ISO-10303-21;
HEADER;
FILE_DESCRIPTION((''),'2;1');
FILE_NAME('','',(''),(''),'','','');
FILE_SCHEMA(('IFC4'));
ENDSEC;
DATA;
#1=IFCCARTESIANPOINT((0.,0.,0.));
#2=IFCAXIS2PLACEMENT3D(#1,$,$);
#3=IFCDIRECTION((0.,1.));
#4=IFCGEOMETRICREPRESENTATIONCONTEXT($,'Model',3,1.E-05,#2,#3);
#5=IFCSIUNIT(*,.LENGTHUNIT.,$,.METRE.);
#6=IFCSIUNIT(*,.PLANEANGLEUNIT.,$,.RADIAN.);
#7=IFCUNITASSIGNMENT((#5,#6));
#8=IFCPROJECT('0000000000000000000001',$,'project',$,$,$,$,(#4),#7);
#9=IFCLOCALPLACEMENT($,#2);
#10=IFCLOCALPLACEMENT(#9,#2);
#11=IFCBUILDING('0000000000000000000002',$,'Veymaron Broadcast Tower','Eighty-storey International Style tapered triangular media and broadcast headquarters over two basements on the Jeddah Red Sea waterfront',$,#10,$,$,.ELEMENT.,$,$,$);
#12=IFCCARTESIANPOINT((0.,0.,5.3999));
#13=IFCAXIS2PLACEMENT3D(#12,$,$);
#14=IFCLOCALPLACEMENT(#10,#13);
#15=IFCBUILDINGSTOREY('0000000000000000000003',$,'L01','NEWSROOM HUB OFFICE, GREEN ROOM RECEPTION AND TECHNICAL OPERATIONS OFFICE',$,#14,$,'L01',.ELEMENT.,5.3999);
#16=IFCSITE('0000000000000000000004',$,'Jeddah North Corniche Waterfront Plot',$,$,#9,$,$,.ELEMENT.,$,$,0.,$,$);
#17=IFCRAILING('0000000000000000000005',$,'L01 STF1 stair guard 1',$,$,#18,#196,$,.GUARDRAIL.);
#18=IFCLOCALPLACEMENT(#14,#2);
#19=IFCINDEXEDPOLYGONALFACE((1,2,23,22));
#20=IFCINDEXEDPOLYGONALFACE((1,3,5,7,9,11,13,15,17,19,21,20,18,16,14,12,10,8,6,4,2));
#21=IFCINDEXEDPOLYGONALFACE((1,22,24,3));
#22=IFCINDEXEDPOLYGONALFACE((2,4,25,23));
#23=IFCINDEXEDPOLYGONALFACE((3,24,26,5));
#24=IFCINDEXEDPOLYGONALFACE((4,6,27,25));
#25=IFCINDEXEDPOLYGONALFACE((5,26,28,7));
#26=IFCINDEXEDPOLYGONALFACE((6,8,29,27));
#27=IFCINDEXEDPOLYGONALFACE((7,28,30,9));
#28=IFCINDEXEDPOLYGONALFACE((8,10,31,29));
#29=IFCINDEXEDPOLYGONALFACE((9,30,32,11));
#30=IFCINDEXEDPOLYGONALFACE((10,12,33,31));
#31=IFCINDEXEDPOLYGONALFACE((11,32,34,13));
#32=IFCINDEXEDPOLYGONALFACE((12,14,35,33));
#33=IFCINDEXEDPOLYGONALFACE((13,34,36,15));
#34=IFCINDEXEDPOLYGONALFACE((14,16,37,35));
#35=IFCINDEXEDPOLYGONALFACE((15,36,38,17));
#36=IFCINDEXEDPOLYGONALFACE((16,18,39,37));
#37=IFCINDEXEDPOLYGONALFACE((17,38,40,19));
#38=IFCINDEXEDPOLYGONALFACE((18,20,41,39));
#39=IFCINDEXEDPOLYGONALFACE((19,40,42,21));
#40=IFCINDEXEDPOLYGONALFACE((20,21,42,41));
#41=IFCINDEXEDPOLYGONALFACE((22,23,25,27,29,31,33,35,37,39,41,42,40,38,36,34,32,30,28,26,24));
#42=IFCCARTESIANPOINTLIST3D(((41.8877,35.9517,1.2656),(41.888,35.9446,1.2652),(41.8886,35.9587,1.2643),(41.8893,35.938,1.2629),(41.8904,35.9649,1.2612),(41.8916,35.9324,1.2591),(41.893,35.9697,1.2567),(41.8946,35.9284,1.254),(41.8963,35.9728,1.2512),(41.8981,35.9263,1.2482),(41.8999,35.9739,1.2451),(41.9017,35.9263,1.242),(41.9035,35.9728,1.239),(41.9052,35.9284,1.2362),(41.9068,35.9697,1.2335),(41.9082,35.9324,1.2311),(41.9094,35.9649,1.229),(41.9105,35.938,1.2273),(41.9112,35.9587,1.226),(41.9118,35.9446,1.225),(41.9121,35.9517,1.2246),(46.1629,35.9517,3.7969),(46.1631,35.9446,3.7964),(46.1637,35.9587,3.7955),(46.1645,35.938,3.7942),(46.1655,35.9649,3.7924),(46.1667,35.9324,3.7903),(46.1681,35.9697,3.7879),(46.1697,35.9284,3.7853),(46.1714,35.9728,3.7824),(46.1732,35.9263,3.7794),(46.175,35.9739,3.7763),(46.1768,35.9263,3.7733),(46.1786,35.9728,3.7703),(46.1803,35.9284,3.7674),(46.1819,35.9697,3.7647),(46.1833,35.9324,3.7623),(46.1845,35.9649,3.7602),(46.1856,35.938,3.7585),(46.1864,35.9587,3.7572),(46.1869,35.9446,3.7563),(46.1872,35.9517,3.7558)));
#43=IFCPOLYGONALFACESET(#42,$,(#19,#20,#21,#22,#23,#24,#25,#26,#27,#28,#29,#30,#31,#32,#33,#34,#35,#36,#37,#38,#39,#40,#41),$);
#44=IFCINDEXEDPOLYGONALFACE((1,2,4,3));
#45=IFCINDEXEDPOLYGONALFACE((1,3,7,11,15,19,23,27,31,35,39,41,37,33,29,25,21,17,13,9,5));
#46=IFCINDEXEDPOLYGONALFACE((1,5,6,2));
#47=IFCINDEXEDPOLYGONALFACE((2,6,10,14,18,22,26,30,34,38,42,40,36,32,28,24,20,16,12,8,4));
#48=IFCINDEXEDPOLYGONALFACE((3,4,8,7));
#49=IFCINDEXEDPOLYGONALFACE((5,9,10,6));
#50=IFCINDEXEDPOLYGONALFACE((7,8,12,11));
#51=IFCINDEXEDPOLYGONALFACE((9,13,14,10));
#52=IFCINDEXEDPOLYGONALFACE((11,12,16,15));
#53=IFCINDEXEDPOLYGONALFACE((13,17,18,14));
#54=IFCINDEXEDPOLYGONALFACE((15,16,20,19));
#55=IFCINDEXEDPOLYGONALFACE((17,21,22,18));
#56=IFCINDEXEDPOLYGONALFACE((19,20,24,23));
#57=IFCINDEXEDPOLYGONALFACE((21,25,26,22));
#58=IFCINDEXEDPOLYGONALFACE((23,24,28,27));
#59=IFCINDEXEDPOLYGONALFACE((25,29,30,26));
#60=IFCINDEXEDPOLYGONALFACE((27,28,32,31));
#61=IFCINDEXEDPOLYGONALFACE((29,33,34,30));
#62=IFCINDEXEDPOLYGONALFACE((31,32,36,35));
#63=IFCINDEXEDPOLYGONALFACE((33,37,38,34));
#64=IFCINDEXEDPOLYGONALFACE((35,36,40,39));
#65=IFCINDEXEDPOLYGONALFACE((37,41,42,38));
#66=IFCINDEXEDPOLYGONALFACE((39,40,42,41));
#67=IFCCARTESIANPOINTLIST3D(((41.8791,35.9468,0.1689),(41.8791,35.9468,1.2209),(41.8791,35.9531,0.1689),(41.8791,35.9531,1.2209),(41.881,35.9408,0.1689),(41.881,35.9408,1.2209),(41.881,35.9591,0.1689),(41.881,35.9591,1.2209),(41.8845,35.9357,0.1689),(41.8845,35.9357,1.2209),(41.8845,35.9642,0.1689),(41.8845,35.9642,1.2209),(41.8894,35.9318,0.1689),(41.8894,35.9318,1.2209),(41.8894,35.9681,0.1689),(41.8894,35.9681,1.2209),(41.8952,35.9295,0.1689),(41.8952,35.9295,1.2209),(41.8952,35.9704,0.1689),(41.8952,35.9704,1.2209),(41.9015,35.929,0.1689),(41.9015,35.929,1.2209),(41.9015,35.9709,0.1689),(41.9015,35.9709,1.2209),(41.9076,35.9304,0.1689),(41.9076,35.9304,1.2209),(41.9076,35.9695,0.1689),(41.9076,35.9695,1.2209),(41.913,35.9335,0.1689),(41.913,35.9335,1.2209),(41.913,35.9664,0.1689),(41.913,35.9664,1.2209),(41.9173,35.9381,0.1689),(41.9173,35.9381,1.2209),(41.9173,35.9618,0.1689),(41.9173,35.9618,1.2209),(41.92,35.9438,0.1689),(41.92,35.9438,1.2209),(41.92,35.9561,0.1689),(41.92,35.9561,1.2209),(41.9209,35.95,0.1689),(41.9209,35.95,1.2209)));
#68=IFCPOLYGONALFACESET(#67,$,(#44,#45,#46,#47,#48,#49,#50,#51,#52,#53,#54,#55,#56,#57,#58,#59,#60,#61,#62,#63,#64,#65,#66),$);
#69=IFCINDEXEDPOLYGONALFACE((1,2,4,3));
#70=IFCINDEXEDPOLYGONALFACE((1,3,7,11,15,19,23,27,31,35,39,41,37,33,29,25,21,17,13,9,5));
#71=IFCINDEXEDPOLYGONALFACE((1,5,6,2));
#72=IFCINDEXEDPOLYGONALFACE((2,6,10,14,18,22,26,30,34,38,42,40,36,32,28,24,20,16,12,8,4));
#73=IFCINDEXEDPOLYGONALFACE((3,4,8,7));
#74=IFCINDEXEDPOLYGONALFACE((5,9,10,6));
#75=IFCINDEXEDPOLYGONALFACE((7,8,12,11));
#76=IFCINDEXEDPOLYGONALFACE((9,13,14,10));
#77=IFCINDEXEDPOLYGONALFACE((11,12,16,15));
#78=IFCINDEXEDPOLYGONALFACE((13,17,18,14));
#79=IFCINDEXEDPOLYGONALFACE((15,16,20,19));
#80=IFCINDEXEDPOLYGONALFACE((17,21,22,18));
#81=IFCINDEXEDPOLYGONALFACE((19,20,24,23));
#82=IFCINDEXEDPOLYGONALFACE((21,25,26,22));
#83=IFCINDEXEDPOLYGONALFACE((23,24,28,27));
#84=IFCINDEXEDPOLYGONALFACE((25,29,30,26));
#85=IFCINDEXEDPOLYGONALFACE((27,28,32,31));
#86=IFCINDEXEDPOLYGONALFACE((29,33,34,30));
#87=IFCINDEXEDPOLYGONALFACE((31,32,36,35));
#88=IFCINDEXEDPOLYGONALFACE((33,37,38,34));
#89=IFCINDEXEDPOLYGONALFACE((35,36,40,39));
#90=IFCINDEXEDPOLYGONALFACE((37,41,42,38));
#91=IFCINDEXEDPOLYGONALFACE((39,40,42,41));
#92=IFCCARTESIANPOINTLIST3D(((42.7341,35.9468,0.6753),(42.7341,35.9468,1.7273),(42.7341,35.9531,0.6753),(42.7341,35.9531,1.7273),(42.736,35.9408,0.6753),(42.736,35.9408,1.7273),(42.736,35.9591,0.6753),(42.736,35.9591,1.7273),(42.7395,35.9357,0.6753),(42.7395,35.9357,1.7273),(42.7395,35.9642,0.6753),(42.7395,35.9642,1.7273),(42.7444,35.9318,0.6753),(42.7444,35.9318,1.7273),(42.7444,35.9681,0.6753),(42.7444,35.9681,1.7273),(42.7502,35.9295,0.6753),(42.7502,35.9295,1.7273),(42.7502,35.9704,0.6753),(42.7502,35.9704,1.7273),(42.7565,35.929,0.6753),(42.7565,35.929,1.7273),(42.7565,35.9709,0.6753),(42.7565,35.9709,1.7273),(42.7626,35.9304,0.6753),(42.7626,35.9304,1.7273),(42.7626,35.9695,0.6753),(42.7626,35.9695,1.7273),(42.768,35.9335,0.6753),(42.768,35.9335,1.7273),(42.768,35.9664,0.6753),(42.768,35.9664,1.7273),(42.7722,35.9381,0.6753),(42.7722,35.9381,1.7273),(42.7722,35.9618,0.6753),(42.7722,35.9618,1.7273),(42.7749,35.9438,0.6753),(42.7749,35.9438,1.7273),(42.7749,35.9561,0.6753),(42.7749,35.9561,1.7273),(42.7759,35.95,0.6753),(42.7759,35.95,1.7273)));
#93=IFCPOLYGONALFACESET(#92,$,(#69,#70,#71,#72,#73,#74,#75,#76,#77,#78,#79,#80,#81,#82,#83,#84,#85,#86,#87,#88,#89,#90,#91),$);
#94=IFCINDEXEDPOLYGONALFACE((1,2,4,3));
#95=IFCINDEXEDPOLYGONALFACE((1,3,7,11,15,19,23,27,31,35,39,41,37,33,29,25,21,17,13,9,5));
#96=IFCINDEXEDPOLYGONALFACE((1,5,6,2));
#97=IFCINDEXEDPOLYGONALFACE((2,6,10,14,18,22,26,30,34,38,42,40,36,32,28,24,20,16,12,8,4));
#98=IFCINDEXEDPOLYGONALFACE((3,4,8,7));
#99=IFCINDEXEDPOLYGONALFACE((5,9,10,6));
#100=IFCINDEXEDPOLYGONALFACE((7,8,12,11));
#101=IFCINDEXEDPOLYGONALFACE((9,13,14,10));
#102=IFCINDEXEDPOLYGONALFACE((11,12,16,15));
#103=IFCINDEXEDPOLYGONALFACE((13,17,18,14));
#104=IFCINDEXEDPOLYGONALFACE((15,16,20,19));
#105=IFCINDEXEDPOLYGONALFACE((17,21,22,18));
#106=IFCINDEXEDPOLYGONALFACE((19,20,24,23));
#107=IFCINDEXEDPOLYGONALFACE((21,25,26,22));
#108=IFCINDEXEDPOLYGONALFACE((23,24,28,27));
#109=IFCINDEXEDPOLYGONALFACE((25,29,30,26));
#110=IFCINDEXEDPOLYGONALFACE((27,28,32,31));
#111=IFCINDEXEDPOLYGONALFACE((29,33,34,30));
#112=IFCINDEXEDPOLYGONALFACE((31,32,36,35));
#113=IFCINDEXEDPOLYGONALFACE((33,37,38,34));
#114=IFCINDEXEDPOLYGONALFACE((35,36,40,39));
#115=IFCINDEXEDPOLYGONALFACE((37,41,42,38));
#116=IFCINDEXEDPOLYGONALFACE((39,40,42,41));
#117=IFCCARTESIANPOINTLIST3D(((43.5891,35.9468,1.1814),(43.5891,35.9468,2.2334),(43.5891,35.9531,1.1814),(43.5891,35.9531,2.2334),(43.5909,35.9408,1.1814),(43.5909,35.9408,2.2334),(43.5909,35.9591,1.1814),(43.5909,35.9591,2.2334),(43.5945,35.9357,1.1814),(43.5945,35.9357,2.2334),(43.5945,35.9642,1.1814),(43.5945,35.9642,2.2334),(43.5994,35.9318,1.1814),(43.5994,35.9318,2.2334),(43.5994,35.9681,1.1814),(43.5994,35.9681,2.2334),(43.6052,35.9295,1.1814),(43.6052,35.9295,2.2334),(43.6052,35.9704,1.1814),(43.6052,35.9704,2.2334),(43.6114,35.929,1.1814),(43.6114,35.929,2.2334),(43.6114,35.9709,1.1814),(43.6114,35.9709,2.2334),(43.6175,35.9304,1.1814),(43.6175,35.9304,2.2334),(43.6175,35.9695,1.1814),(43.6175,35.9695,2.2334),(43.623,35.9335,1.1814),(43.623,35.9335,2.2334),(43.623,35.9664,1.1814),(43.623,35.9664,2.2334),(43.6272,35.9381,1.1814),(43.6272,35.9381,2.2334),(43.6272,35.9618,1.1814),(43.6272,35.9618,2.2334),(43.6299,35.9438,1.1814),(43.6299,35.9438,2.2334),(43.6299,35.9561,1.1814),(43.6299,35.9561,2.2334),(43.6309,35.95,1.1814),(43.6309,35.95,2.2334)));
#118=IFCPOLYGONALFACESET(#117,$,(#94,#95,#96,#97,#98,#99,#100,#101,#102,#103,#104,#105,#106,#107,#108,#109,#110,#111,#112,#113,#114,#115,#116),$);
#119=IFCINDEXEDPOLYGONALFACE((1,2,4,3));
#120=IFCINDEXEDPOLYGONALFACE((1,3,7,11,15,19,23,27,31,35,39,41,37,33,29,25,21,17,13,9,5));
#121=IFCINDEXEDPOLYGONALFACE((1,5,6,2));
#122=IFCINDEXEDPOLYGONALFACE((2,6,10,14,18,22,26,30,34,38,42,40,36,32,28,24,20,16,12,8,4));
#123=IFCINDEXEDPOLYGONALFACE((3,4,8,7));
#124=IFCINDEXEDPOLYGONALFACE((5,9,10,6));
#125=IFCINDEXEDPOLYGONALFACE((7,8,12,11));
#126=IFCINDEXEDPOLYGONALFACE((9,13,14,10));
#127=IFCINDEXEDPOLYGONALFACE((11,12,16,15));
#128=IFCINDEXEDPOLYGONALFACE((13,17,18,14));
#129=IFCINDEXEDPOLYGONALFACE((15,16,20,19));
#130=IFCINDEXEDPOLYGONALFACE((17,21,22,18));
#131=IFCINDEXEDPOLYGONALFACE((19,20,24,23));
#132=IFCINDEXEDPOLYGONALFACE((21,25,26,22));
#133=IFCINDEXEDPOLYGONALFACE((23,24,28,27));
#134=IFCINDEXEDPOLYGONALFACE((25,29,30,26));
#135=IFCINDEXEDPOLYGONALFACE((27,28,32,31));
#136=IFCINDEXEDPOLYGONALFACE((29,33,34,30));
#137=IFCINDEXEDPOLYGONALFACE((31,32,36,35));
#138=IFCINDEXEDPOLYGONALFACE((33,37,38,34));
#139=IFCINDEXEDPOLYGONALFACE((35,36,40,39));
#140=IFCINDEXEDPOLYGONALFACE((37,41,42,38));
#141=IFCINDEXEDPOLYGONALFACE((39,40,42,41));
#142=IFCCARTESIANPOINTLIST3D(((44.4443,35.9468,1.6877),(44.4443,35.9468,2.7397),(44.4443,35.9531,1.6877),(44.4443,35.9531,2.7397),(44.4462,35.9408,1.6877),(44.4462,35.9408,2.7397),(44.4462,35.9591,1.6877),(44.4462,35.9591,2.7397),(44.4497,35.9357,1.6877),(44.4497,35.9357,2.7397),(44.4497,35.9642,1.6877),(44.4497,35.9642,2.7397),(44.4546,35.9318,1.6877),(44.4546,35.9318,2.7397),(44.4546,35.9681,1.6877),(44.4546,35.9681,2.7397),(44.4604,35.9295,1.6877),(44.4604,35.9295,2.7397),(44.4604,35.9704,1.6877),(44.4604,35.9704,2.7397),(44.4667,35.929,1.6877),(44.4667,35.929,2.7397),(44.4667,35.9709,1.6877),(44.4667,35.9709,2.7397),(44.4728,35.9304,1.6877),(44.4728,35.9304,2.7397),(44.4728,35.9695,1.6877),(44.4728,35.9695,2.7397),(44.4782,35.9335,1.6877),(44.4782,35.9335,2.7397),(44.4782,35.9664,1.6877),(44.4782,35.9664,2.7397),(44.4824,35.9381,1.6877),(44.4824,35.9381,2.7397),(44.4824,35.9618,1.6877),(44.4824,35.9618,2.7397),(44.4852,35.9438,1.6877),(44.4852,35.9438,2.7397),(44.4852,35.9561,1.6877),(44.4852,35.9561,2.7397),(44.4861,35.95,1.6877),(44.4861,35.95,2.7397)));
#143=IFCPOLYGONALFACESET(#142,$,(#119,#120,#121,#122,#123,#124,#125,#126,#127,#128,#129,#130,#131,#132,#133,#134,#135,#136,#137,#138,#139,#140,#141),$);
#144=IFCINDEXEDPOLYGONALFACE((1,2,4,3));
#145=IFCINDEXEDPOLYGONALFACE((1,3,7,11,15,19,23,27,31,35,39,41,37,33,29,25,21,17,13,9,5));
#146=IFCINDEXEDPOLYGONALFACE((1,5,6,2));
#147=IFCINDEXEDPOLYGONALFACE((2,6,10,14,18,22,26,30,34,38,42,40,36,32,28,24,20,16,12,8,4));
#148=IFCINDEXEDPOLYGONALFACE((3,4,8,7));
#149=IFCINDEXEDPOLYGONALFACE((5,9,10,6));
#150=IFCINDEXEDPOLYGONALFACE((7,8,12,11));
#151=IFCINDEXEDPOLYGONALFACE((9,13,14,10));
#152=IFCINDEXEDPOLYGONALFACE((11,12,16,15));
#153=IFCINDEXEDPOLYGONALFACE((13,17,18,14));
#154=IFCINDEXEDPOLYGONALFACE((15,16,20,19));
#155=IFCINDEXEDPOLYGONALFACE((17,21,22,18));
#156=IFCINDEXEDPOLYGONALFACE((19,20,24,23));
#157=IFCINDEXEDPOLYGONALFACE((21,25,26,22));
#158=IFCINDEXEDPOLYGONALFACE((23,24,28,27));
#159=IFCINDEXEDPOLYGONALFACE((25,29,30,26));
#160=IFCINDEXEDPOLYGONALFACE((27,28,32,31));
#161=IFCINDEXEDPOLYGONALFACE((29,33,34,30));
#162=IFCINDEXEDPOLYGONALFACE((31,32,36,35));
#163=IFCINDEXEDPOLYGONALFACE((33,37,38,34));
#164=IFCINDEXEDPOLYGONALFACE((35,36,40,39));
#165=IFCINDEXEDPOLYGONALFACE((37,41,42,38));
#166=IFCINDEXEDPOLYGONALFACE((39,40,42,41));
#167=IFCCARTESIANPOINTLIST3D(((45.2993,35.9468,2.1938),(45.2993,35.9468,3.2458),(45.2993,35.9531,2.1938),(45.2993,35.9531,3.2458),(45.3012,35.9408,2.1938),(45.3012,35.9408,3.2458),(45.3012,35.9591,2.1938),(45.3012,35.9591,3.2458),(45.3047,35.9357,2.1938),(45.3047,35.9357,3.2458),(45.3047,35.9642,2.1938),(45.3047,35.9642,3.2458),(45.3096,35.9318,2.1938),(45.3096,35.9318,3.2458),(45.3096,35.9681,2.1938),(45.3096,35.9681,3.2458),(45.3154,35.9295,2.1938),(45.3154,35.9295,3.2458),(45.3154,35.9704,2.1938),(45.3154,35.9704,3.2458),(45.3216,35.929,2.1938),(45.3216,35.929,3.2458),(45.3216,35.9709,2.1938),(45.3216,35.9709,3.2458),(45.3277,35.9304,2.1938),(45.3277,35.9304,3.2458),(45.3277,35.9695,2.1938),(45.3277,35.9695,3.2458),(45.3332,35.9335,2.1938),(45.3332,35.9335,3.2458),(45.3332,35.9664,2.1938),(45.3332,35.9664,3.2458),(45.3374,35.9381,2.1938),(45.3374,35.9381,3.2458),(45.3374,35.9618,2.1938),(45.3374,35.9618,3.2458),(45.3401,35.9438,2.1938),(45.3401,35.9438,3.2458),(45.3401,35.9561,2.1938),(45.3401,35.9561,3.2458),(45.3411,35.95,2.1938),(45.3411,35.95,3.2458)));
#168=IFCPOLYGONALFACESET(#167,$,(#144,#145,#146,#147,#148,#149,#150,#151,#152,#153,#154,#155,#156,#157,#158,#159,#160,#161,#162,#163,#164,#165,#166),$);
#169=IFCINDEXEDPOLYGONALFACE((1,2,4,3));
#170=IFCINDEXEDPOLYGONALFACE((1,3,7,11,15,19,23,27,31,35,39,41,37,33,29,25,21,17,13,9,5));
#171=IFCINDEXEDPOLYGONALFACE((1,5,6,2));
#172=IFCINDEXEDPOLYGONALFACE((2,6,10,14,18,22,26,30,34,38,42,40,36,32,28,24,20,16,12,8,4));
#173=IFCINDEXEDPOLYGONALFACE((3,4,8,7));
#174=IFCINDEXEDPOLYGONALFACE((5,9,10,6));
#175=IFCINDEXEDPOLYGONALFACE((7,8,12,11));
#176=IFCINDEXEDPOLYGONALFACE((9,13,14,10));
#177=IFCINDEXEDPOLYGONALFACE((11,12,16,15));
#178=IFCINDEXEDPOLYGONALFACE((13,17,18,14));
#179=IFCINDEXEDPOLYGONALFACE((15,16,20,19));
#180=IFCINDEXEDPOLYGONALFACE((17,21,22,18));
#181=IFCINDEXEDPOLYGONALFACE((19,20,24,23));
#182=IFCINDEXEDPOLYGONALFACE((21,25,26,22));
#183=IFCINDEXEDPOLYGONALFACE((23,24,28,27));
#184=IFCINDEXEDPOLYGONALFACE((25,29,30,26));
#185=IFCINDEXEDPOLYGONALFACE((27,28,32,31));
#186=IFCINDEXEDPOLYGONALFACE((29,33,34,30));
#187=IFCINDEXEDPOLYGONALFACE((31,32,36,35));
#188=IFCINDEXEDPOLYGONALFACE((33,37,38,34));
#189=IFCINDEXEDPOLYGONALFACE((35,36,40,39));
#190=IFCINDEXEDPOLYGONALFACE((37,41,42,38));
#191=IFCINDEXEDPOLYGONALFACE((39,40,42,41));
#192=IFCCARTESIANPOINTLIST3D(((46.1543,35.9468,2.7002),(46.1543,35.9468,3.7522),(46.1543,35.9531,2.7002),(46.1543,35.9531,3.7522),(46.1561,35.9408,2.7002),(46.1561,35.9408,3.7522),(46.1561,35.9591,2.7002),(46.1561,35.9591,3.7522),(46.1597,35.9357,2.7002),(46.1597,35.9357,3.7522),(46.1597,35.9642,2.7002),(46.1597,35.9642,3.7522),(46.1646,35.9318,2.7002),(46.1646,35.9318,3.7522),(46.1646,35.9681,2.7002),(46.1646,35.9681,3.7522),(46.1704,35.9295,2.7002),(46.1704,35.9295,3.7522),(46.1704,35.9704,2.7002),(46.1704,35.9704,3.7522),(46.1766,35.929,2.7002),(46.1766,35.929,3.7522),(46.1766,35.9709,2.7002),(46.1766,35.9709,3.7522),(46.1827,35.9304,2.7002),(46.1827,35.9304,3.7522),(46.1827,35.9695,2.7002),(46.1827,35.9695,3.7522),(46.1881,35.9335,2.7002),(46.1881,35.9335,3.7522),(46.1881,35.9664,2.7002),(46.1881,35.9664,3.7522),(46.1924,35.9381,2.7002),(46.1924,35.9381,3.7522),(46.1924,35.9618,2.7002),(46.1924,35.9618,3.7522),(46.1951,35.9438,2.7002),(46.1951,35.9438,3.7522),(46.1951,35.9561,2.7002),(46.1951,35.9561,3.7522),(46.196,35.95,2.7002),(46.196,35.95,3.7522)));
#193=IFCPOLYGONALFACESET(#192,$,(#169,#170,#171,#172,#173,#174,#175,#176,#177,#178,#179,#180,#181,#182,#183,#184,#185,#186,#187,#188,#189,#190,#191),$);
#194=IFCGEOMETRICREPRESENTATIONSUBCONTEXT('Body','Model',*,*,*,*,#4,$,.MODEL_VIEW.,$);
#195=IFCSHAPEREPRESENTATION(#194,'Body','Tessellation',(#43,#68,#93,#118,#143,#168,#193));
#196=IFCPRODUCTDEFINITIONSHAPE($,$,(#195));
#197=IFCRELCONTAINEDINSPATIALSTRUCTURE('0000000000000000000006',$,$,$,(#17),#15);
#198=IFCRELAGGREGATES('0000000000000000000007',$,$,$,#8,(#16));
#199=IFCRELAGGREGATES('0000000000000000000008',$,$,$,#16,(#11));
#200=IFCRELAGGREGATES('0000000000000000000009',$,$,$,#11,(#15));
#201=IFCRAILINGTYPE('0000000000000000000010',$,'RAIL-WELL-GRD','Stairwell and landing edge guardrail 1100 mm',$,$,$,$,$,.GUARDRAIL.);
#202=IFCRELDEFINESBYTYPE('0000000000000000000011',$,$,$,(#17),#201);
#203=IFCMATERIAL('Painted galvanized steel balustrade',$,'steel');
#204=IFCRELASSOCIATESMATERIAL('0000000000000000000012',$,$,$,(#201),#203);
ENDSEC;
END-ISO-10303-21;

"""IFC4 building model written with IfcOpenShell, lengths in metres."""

from ifc_helpers import new_model, si_unit, direction, frame, origin, origin_2d, place, context, subcontext, project, spatial, circle, extrude, material, type_object, element, save


model = new_model("IFC4")

# Units and contexts
model_context = context("Model", 3, precision=1e-05, world=origin(), true_north=direction((0.0, 1.0)))
body_context = subcontext(model_context, "Body", "Model", "MODEL_VIEW")
ifc_project = project(units=[si_unit("LENGTHUNIT", "METRE"), si_unit("PLANEANGLEUNIT", "RADIAN")], contexts=[model_context])

# Site, building, storey
site_placement = place(None, origin())
site = spatial("IfcSite", under=ifc_project, at=site_placement, Name="Jeddah North Corniche Waterfront Plot", CompositionType="ELEMENT", RefElevation=0.0)
building_placement = place(site_placement, origin())
building = spatial("IfcBuilding", under=site, at=building_placement, Name="Veymaron Broadcast Tower", Description="Eighty-storey International Style tapered triangular media and broadcast headquarters over two basements on the Jeddah Red Sea waterfront", CompositionType="ELEMENT")
storey_placement = place(building_placement, frame((0.0, 0.0, 5.3999)))
storey = spatial("IfcBuildingStorey", under=building, at=storey_placement, Name="L01", Description="NEWSROOM HUB OFFICE, GREEN ROOM RECEPTION AND TECHNICAL OPERATIONS OFFICE", LongName="L01", CompositionType="ELEMENT", Elevation=5.3999)

# Railing
ifc_material_1 = material(Name="Painted galvanized steel balustrade", Category="steel")
railing_type_1 = type_object("IfcRailingType", Name="RAIL-WELL-GRD", Description="Stairwell and landing edge guardrail 1100 mm", PredefinedType="GUARDRAIL", material=ifc_material_1)
railing_1_placement = place(storey_placement, frame((41.8999, 35.95, 0.1689)))
element("IfcRailing", 1, at=railing_1_placement, inside=storey, type_object=railing_type_1, Name="L01 STF1 stair guard 1", PredefinedType="GUARDRAIL", context=body_context, shape_type="SweptSolid", body=[
    extrude(circle(Radius=0.0239, at=origin_2d()), frame((0.0, 0.0, 1.0762), z_axis=(0.860483, 0.0, 0.509479), x_axis=(0.0, 1.0, 0.0)), (0.0, 0.0, 1.0), 4.9683),
    extrude(circle(Radius=0.021, at=origin_2d()), origin(), (0.0, 0.0, 1.0), 1.052),
    extrude(circle(Radius=0.021, at=origin_2d()), frame((0.855, 0.0, 0.5063)), (0.0, 0.0, 1.0), 1.052),
    extrude(circle(Radius=0.021, at=origin_2d()), frame((1.71, 0.0, 1.0125)), (0.0, 0.0, 1.0), 1.052),
    extrude(circle(Radius=0.021, at=origin_2d()), frame((2.5652, 0.0, 1.5188)), (0.0, 0.0, 1.0), 1.052),
    extrude(circle(Radius=0.021, at=origin_2d()), frame((3.4202, 0.0, 2.0249)), (0.0, 0.0, 1.0), 1.052),
    extrude(circle(Radius=0.021, at=origin_2d()), frame((4.2751, 0.0, 2.5312)), (0.0, 0.0, 1.0), 1.052),
])

save(model, "model.ifc")
